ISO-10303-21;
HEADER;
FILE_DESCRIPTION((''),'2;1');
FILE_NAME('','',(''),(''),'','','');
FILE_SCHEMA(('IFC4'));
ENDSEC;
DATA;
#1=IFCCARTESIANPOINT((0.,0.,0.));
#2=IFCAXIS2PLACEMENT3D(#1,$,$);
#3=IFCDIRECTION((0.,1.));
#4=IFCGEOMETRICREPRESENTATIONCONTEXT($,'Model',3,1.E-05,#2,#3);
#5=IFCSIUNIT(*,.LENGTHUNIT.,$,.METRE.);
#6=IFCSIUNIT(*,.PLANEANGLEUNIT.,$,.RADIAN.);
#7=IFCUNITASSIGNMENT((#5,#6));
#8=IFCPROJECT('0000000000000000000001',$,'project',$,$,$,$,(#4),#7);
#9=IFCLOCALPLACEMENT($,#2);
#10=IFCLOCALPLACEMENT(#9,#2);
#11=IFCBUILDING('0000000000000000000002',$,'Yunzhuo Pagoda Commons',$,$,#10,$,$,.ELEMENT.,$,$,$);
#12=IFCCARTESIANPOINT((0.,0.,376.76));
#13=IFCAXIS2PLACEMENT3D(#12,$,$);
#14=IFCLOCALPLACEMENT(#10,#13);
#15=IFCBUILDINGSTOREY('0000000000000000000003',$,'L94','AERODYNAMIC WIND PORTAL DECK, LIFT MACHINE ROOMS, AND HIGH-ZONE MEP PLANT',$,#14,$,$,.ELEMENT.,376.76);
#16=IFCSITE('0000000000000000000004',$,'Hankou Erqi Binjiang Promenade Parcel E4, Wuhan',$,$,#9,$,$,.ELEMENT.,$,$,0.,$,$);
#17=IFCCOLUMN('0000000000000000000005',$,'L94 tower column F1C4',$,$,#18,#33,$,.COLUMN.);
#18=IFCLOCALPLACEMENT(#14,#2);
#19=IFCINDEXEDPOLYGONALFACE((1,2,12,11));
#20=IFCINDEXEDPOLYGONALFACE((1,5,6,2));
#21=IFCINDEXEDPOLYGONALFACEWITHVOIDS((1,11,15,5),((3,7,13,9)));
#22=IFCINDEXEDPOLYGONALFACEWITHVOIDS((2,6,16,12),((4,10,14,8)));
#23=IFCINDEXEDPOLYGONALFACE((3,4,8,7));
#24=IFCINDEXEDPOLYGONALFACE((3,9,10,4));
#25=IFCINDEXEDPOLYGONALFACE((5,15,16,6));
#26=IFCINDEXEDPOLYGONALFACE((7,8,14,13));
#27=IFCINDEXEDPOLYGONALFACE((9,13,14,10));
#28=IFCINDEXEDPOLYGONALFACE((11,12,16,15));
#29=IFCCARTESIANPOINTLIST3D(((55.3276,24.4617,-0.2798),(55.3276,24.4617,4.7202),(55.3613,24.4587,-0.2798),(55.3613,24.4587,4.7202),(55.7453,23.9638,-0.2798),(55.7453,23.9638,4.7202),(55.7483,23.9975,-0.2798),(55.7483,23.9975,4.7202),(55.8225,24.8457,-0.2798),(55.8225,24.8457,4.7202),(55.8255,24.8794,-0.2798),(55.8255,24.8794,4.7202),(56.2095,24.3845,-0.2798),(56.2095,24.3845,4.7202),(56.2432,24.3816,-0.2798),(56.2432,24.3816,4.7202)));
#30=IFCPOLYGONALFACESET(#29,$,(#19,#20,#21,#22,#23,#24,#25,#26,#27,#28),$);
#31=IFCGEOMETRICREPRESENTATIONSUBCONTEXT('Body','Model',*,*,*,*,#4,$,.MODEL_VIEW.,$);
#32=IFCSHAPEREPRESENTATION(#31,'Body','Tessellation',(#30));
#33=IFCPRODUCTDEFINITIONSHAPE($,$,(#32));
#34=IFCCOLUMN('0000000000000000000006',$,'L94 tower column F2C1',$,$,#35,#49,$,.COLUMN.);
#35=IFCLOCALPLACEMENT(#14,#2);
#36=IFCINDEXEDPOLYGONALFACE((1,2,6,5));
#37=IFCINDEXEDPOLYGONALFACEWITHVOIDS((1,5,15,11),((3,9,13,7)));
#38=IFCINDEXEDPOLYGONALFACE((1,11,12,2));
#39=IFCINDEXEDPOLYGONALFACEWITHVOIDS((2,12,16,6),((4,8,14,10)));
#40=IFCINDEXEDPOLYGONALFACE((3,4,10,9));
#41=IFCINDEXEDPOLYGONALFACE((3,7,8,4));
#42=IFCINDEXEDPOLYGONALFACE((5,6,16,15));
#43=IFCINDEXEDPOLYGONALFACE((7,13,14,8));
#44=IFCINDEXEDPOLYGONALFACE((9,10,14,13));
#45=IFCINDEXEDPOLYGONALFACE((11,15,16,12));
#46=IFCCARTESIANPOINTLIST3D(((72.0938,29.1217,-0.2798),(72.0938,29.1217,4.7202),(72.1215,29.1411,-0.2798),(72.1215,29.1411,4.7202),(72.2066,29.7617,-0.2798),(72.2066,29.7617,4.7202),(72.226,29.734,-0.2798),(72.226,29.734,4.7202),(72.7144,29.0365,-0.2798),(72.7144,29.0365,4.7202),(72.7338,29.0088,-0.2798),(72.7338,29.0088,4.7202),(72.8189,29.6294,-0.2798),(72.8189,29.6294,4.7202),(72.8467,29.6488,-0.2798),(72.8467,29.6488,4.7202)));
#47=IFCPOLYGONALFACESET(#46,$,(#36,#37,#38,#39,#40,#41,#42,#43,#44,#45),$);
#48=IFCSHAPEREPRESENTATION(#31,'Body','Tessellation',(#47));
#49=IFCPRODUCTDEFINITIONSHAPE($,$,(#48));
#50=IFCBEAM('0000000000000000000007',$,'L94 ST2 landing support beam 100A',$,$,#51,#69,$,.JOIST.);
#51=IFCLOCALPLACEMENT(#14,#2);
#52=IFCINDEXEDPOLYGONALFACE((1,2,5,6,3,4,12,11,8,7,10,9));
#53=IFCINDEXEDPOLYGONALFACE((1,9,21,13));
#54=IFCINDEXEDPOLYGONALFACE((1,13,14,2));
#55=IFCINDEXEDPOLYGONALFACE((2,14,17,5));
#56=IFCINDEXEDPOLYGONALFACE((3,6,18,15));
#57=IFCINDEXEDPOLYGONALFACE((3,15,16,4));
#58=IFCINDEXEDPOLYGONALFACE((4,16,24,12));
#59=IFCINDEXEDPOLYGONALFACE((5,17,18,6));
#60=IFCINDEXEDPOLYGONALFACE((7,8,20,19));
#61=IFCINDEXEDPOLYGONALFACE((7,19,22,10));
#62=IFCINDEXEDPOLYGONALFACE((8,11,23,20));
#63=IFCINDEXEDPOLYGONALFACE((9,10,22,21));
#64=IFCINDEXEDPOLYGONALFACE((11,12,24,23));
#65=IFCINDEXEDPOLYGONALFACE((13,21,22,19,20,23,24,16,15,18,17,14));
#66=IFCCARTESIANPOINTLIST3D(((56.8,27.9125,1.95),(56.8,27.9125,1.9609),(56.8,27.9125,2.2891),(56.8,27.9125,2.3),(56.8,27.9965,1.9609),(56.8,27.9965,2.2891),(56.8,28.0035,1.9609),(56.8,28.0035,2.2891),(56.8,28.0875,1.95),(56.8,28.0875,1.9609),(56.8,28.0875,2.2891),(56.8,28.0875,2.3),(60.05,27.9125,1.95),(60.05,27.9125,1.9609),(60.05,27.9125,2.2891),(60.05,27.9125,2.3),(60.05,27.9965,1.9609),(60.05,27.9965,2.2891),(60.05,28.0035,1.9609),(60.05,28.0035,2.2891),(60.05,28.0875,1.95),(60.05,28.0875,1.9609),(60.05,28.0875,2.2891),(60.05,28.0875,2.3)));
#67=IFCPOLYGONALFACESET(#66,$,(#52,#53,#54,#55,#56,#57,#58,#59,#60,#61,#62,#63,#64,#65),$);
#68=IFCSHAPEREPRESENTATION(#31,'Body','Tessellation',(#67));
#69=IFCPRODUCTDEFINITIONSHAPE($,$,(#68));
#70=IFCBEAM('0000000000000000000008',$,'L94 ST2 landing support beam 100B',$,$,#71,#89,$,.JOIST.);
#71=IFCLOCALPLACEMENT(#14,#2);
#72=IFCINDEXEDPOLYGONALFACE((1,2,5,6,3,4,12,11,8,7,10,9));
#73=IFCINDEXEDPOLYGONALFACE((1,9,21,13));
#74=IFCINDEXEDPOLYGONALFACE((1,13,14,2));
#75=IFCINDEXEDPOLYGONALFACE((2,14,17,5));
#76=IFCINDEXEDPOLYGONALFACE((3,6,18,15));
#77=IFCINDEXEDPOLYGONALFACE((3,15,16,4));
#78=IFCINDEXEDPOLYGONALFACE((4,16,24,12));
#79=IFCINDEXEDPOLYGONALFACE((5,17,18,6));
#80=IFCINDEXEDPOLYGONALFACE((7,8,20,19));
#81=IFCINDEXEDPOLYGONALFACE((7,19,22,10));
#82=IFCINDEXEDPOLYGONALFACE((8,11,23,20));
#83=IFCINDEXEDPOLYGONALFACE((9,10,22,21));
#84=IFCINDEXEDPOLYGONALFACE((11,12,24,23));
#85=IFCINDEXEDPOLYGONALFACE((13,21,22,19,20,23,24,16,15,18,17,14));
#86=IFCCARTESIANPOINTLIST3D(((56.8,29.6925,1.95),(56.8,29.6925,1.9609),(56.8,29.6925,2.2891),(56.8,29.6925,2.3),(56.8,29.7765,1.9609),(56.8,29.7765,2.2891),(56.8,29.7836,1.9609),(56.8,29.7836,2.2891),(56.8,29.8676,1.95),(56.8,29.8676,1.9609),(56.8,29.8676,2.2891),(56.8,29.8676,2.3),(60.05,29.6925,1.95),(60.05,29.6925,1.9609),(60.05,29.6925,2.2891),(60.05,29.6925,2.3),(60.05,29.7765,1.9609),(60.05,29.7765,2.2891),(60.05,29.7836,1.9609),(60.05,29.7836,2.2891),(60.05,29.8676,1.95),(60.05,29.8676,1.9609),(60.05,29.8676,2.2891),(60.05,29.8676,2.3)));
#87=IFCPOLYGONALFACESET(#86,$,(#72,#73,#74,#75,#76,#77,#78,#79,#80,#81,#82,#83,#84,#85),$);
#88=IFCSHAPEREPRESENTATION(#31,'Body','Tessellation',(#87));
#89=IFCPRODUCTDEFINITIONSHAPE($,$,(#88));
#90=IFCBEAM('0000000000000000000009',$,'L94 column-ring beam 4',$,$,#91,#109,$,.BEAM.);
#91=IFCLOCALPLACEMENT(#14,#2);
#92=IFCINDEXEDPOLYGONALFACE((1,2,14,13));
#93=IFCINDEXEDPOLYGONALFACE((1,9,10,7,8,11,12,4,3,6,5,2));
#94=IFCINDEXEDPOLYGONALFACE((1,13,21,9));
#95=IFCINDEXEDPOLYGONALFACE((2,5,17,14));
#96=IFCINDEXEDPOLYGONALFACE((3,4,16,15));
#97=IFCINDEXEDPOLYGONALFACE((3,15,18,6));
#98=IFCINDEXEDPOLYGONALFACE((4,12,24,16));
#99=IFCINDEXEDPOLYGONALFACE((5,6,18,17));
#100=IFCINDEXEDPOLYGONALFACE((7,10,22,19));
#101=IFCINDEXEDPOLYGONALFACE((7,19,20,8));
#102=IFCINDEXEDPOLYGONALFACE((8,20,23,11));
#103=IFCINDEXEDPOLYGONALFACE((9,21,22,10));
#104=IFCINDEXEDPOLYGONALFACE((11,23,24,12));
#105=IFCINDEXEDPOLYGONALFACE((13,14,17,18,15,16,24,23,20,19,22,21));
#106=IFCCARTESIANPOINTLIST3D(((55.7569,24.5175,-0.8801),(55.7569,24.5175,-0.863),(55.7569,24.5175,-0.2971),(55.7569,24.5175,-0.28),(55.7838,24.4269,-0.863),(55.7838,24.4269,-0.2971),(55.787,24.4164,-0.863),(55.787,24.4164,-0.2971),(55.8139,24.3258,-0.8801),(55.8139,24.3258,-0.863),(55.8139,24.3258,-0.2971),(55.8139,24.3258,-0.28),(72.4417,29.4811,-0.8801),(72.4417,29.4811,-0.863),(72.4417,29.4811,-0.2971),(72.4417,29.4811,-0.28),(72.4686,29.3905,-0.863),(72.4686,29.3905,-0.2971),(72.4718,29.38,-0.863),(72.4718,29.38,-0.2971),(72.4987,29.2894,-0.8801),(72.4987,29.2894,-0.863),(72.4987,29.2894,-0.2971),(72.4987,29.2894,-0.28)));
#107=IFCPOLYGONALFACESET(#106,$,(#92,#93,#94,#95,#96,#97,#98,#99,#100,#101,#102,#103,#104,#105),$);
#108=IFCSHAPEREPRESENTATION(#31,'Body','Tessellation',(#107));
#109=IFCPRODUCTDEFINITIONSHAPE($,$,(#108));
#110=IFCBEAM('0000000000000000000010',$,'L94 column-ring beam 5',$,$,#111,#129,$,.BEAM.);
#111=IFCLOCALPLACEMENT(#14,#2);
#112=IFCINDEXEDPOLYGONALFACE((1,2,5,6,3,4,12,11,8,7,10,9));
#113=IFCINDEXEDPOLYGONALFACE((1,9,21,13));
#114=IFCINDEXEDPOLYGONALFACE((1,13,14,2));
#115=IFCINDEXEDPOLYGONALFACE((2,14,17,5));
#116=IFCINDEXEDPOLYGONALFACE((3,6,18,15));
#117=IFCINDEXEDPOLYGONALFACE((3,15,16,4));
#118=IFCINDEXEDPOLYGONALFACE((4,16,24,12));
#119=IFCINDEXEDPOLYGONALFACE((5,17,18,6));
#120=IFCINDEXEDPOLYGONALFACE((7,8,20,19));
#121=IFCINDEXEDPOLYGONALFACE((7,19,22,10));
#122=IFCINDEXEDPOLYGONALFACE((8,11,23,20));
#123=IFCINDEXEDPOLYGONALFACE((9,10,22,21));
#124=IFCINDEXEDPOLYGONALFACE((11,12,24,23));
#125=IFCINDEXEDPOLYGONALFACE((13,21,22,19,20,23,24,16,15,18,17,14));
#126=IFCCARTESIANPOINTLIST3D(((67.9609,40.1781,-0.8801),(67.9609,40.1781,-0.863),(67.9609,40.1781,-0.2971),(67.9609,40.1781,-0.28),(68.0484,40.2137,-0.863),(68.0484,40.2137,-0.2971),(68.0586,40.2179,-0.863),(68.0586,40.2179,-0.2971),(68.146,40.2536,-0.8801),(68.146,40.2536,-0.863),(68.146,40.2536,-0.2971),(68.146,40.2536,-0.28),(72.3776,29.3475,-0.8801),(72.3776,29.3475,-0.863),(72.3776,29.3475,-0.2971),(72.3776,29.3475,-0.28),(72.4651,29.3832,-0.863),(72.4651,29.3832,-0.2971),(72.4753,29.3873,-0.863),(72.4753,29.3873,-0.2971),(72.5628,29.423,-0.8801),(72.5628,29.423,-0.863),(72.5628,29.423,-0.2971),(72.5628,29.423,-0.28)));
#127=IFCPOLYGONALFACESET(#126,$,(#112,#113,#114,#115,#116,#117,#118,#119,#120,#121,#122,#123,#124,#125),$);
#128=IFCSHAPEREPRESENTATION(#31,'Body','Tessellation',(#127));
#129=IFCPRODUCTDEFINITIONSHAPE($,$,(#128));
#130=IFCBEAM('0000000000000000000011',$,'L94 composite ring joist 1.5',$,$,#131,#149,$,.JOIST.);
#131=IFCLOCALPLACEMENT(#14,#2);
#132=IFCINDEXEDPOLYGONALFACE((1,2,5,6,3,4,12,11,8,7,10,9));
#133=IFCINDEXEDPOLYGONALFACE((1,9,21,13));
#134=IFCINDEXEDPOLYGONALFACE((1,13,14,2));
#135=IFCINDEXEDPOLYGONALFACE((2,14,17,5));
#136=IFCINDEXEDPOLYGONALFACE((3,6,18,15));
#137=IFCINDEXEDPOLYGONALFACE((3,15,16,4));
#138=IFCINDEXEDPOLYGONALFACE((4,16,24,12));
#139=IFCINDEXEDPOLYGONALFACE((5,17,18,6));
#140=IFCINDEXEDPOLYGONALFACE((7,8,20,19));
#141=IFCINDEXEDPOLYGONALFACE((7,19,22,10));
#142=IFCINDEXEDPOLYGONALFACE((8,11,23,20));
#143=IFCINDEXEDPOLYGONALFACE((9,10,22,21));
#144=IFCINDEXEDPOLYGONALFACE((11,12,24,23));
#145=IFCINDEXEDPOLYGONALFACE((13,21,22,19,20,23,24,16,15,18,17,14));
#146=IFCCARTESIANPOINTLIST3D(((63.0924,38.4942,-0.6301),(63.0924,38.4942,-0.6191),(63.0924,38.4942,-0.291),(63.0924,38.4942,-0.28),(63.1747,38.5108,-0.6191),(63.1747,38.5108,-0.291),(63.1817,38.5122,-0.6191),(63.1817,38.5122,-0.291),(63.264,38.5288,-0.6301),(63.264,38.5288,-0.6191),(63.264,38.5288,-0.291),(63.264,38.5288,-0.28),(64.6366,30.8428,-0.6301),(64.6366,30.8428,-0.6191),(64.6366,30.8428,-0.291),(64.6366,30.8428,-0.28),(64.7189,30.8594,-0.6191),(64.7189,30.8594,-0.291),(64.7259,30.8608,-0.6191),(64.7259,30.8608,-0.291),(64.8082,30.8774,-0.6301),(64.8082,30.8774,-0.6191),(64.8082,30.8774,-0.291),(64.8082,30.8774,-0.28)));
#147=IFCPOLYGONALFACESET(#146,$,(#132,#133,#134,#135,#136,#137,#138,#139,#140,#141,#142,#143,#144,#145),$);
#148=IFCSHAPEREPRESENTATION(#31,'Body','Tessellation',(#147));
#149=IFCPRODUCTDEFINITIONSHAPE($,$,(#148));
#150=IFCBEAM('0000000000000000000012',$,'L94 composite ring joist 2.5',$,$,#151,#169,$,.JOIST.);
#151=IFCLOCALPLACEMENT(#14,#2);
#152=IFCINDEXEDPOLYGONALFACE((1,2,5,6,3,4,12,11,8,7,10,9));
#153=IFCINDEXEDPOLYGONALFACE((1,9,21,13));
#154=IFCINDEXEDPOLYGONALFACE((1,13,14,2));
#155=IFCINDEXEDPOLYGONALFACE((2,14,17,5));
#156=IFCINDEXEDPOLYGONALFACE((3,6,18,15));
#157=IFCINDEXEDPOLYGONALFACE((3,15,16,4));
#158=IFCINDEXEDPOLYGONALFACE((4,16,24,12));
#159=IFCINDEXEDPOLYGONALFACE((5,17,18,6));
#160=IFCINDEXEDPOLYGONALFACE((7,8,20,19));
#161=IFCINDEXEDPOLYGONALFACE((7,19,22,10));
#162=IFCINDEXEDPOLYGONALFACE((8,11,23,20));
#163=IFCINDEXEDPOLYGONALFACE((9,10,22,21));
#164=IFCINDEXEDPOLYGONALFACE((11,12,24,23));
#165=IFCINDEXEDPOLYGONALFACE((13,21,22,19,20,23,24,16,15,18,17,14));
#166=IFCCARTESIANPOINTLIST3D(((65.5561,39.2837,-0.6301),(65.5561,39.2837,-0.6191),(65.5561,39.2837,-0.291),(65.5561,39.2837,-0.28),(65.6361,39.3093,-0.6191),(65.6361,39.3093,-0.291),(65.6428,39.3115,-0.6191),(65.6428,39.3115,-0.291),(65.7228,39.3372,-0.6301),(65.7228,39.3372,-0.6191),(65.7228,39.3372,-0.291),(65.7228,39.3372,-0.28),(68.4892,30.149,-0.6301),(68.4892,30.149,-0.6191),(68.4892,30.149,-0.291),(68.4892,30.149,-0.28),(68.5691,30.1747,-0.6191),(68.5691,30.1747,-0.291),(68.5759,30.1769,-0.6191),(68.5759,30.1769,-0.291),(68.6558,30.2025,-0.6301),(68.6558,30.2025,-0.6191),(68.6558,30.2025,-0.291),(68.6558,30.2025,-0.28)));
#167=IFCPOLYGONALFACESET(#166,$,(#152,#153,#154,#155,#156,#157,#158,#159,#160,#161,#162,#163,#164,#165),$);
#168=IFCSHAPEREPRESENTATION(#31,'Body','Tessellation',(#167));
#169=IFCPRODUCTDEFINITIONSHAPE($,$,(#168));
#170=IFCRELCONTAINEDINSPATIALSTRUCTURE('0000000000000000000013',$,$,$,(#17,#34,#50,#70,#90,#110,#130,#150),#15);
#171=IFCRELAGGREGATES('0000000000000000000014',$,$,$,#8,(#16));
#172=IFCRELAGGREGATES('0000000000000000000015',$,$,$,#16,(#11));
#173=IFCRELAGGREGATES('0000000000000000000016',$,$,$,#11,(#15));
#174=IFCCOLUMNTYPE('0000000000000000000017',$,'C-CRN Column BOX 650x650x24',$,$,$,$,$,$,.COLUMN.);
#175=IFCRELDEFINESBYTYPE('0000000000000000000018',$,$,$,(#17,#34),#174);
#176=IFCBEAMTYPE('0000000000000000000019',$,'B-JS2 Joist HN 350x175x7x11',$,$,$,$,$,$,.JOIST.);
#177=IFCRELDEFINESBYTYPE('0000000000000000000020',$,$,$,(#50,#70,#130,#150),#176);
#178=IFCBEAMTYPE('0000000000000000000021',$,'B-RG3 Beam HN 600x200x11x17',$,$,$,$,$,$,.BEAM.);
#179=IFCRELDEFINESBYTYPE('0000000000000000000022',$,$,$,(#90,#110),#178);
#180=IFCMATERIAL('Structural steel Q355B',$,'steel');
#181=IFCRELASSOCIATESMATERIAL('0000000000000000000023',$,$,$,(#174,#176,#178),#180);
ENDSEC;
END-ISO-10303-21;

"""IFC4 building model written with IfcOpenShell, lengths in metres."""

from ifc_helpers import new_model, si_unit, direction, frame, origin, origin_2d, place, context, subcontext, project, spatial, hollow_rectangle, i_section, extrude, source, transform, mapped, material, material_profile, profile_set, type_object, element, save


model = new_model("IFC4")

# Units and contexts
model_context = context("Model", 3, precision=1e-05, world=origin(), true_north=direction((0.0, 1.0)))
body_context = subcontext(model_context, "Body", "Model", "MODEL_VIEW")
ifc_project = project(units=[si_unit("LENGTHUNIT", "METRE"), si_unit("PLANEANGLEUNIT", "RADIAN")], contexts=[model_context])

# Site, building, storey
site_placement = place(None, origin())
site = spatial("IfcSite", under=ifc_project, at=site_placement, Name="Hankou Erqi Binjiang Promenade Parcel E4, Wuhan", CompositionType="ELEMENT", RefElevation=0.0)
building_placement = place(site_placement, origin())
building = spatial("IfcBuilding", under=site, at=building_placement, Name="Yunzhuo Pagoda Commons", CompositionType="ELEMENT")
storey_placement = place(building_placement, frame((0.0, 0.0, 376.76)))
storey = spatial("IfcBuildingStorey", under=building, at=storey_placement, Name="L94", Description="AERODYNAMIC WIND PORTAL DECK, LIFT MACHINE ROOMS, AND HIGH-ZONE MEP PLANT", CompositionType="ELEMENT", Elevation=376.76)

# Columns
ifc_material_1 = material(Name="Structural steel Q355B", Category="steel")
ifc_material_profile_1 = material_profile(ifc_material_1, hollow_rectangle(XDim=0.6499, YDim=0.6499, WallThickness=0.0239, at=origin_2d()), Name="Structural steel Q355B")
ifc_profile_set_1 = profile_set([ifc_material_profile_1], Name="Structural steel Q355B")
column_type = type_object("IfcColumnType", Name="C-CRN Column BOX 650x650x24", PredefinedType="COLUMN", material=ifc_profile_set_1)
shared_shape_1 = source(origin(), body_context, "Body", "SweptSolid", [
    extrude(hollow_rectangle(XDim=0.6499, YDim=0.6499, WallThickness=0.0239, at=origin_2d()), origin(), (0.0, 0.0, 1.0), 5.0),
])
for number, where, z_axis, x_axis, name in (
    (1, (55.7854, 24.4216, -0.2798), (0.0, 0.0, 1.0), (0.766044, 0.642788, 0.0), "L94 tower column F1C4"),
    (2, (72.4702, 29.3853, -0.2798), (0.0, 0.0, 1.0), (0.173648, 0.984808, 0.0), "L94 tower column F2C1"),
):
    element("IfcColumn", number, at=place(storey_placement, frame(where, z_axis=z_axis, x_axis=x_axis)), inside=storey, type_object=column_type, Name=name, PredefinedType="COLUMN", context=body_context, shape_type="MappedRepresentation", body=[
        mapped(shared_shape_1, transform((0.0, 0.0, 0.0), scale=1.0)),
    ])

# Beams
ifc_material_profile_2 = material_profile(ifc_material_1, i_section(OverallWidth=0.175, OverallDepth=0.3501, WebThickness=0.0071, FlangeThickness=0.011, at=origin_2d()), Name="Structural steel Q355B")
ifc_profile_set_2 = profile_set([ifc_material_profile_2], Name="Structural steel Q355B")
beam_type_1 = type_object("IfcBeamType", Name="B-JS2 Joist HN 350x175x7x11", PredefinedType="JOIST", material=ifc_profile_set_2)
shared_shape_2 = source(origin(), body_context, "Body", "SweptSolid", [
    extrude(i_section(OverallWidth=0.175, OverallDepth=0.3501, WebThickness=0.0071, FlangeThickness=0.011, at=origin_2d()), origin(), (0.0, 0.0, 1.0), 3.25),
])
for number, where, z_axis, x_axis, name in (
    (3, (56.8, 28.0, 2.125), (1.0, 0.0, 0.0), (0.0, 1.0, 0.0), "L94 ST2 landing support beam 100A"),
    (4, (56.8, 29.78, 2.125), (1.0, 0.0, 0.0), (0.0, 1.0, 0.0), "L94 ST2 landing support beam 100B"),
):
    element("IfcBeam", number, at=place(storey_placement, frame(where, z_axis=z_axis, x_axis=x_axis)), inside=storey, type_object=beam_type_1, Name=name, PredefinedType="JOIST", context=body_context, shape_type="MappedRepresentation", body=[
        mapped(shared_shape_2, transform((0.0, 0.0, 0.0), scale=1.0)),
    ])
ifc_material_profile_3 = material_profile(ifc_material_1, i_section(OverallWidth=0.2, OverallDepth=0.6001, WebThickness=0.011, FlangeThickness=0.0171, at=origin_2d()), Name="Structural steel Q355B")
ifc_profile_set_3 = profile_set([ifc_material_profile_3], Name="Structural steel Q355B")
beam_type_2 = type_object("IfcBeamType", Name="B-RG3 Beam HN 600x200x11x17", PredefinedType="BEAM", material=ifc_profile_set_3)
shared_shape_3 = source(origin(), body_context, "Body", "SweptSolid", [
    extrude(i_section(OverallWidth=0.2, OverallDepth=0.6001, WebThickness=0.011, FlangeThickness=0.0171, at=origin_2d()), origin(), (0.0, 0.0, 1.0), 17.4075),
])
beam_1_placement = place(storey_placement, frame((55.7854, 24.4216, -0.5801), z_axis=(0.958485, 0.285143, 0.0), x_axis=(-0.285143, 0.958485, 0.0)))
element("IfcBeam", 5, at=beam_1_placement, inside=storey, type_object=beam_type_2, Name="L94 column-ring beam 4", PredefinedType="BEAM", context=body_context, shape_type="MappedRepresentation", body=[
    mapped(shared_shape_3, transform((0.0, 0.0, 0.0), scale=1.0)),
])
shared_shape_4 = source(origin(), body_context, "Body", "SweptSolid", [
    extrude(i_section(OverallWidth=0.2, OverallDepth=0.6001, WebThickness=0.011, FlangeThickness=0.0171, at=origin_2d()), origin(), (0.0, 0.0, 1.0), 11.6965),
])
beam_2_placement = place(storey_placement, frame((72.4702, 29.3853, -0.5801), z_axis=(-0.377612, 0.925964, 0.0), x_axis=(-0.925964, -0.377612, 0.0)))
element("IfcBeam", 6, at=beam_2_placement, inside=storey, type_object=beam_type_2, Name="L94 column-ring beam 5", PredefinedType="BEAM", context=body_context, shape_type="MappedRepresentation", body=[
    mapped(shared_shape_4, transform((0.0, 0.0, 0.0), scale=1.0)),
])
shared_shape_5 = source(origin(), body_context, "Body", "SweptSolid", [
    extrude(i_section(OverallWidth=0.175, OverallDepth=0.3501, WebThickness=0.0071, FlangeThickness=0.011, at=origin_2d()), origin(), (0.0, 0.0, 1.0), 7.8057),
])
beam_3_placement = place(storey_placement, frame((64.7224, 30.8601, -0.4551), z_axis=(-0.19783, 0.980236, 0.0), x_axis=(-0.980236, -0.19783, 0.0)))
element("IfcBeam", 7, at=beam_3_placement, inside=storey, type_object=beam_type_1, Name="L94 composite ring joist 1.5", PredefinedType="JOIST", context=body_context, shape_type="MappedRepresentation", body=[
    mapped(shared_shape_5, transform((0.0, 0.0, 0.0), scale=1.0)),
])
shared_shape_6 = source(origin(), body_context, "Body", "SweptSolid", [
    extrude(i_section(OverallWidth=0.175, OverallDepth=0.3501, WebThickness=0.0071, FlangeThickness=0.011, at=origin_2d()), origin(), (0.0, 0.0, 1.0), 9.594),
])
beam_4_placement = place(storey_placement, frame((68.5725, 30.1758, -0.4551), z_axis=(-0.305719, 0.952122, 0.0), x_axis=(-0.952122, -0.305719, 0.0)))
element("IfcBeam", 8, at=beam_4_placement, inside=storey, type_object=beam_type_1, Name="L94 composite ring joist 2.5", PredefinedType="JOIST", context=body_context, shape_type="MappedRepresentation", body=[
    mapped(shared_shape_6, transform((0.0, 0.0, 0.0), scale=1.0)),
])

save(model, "model.ifc")
